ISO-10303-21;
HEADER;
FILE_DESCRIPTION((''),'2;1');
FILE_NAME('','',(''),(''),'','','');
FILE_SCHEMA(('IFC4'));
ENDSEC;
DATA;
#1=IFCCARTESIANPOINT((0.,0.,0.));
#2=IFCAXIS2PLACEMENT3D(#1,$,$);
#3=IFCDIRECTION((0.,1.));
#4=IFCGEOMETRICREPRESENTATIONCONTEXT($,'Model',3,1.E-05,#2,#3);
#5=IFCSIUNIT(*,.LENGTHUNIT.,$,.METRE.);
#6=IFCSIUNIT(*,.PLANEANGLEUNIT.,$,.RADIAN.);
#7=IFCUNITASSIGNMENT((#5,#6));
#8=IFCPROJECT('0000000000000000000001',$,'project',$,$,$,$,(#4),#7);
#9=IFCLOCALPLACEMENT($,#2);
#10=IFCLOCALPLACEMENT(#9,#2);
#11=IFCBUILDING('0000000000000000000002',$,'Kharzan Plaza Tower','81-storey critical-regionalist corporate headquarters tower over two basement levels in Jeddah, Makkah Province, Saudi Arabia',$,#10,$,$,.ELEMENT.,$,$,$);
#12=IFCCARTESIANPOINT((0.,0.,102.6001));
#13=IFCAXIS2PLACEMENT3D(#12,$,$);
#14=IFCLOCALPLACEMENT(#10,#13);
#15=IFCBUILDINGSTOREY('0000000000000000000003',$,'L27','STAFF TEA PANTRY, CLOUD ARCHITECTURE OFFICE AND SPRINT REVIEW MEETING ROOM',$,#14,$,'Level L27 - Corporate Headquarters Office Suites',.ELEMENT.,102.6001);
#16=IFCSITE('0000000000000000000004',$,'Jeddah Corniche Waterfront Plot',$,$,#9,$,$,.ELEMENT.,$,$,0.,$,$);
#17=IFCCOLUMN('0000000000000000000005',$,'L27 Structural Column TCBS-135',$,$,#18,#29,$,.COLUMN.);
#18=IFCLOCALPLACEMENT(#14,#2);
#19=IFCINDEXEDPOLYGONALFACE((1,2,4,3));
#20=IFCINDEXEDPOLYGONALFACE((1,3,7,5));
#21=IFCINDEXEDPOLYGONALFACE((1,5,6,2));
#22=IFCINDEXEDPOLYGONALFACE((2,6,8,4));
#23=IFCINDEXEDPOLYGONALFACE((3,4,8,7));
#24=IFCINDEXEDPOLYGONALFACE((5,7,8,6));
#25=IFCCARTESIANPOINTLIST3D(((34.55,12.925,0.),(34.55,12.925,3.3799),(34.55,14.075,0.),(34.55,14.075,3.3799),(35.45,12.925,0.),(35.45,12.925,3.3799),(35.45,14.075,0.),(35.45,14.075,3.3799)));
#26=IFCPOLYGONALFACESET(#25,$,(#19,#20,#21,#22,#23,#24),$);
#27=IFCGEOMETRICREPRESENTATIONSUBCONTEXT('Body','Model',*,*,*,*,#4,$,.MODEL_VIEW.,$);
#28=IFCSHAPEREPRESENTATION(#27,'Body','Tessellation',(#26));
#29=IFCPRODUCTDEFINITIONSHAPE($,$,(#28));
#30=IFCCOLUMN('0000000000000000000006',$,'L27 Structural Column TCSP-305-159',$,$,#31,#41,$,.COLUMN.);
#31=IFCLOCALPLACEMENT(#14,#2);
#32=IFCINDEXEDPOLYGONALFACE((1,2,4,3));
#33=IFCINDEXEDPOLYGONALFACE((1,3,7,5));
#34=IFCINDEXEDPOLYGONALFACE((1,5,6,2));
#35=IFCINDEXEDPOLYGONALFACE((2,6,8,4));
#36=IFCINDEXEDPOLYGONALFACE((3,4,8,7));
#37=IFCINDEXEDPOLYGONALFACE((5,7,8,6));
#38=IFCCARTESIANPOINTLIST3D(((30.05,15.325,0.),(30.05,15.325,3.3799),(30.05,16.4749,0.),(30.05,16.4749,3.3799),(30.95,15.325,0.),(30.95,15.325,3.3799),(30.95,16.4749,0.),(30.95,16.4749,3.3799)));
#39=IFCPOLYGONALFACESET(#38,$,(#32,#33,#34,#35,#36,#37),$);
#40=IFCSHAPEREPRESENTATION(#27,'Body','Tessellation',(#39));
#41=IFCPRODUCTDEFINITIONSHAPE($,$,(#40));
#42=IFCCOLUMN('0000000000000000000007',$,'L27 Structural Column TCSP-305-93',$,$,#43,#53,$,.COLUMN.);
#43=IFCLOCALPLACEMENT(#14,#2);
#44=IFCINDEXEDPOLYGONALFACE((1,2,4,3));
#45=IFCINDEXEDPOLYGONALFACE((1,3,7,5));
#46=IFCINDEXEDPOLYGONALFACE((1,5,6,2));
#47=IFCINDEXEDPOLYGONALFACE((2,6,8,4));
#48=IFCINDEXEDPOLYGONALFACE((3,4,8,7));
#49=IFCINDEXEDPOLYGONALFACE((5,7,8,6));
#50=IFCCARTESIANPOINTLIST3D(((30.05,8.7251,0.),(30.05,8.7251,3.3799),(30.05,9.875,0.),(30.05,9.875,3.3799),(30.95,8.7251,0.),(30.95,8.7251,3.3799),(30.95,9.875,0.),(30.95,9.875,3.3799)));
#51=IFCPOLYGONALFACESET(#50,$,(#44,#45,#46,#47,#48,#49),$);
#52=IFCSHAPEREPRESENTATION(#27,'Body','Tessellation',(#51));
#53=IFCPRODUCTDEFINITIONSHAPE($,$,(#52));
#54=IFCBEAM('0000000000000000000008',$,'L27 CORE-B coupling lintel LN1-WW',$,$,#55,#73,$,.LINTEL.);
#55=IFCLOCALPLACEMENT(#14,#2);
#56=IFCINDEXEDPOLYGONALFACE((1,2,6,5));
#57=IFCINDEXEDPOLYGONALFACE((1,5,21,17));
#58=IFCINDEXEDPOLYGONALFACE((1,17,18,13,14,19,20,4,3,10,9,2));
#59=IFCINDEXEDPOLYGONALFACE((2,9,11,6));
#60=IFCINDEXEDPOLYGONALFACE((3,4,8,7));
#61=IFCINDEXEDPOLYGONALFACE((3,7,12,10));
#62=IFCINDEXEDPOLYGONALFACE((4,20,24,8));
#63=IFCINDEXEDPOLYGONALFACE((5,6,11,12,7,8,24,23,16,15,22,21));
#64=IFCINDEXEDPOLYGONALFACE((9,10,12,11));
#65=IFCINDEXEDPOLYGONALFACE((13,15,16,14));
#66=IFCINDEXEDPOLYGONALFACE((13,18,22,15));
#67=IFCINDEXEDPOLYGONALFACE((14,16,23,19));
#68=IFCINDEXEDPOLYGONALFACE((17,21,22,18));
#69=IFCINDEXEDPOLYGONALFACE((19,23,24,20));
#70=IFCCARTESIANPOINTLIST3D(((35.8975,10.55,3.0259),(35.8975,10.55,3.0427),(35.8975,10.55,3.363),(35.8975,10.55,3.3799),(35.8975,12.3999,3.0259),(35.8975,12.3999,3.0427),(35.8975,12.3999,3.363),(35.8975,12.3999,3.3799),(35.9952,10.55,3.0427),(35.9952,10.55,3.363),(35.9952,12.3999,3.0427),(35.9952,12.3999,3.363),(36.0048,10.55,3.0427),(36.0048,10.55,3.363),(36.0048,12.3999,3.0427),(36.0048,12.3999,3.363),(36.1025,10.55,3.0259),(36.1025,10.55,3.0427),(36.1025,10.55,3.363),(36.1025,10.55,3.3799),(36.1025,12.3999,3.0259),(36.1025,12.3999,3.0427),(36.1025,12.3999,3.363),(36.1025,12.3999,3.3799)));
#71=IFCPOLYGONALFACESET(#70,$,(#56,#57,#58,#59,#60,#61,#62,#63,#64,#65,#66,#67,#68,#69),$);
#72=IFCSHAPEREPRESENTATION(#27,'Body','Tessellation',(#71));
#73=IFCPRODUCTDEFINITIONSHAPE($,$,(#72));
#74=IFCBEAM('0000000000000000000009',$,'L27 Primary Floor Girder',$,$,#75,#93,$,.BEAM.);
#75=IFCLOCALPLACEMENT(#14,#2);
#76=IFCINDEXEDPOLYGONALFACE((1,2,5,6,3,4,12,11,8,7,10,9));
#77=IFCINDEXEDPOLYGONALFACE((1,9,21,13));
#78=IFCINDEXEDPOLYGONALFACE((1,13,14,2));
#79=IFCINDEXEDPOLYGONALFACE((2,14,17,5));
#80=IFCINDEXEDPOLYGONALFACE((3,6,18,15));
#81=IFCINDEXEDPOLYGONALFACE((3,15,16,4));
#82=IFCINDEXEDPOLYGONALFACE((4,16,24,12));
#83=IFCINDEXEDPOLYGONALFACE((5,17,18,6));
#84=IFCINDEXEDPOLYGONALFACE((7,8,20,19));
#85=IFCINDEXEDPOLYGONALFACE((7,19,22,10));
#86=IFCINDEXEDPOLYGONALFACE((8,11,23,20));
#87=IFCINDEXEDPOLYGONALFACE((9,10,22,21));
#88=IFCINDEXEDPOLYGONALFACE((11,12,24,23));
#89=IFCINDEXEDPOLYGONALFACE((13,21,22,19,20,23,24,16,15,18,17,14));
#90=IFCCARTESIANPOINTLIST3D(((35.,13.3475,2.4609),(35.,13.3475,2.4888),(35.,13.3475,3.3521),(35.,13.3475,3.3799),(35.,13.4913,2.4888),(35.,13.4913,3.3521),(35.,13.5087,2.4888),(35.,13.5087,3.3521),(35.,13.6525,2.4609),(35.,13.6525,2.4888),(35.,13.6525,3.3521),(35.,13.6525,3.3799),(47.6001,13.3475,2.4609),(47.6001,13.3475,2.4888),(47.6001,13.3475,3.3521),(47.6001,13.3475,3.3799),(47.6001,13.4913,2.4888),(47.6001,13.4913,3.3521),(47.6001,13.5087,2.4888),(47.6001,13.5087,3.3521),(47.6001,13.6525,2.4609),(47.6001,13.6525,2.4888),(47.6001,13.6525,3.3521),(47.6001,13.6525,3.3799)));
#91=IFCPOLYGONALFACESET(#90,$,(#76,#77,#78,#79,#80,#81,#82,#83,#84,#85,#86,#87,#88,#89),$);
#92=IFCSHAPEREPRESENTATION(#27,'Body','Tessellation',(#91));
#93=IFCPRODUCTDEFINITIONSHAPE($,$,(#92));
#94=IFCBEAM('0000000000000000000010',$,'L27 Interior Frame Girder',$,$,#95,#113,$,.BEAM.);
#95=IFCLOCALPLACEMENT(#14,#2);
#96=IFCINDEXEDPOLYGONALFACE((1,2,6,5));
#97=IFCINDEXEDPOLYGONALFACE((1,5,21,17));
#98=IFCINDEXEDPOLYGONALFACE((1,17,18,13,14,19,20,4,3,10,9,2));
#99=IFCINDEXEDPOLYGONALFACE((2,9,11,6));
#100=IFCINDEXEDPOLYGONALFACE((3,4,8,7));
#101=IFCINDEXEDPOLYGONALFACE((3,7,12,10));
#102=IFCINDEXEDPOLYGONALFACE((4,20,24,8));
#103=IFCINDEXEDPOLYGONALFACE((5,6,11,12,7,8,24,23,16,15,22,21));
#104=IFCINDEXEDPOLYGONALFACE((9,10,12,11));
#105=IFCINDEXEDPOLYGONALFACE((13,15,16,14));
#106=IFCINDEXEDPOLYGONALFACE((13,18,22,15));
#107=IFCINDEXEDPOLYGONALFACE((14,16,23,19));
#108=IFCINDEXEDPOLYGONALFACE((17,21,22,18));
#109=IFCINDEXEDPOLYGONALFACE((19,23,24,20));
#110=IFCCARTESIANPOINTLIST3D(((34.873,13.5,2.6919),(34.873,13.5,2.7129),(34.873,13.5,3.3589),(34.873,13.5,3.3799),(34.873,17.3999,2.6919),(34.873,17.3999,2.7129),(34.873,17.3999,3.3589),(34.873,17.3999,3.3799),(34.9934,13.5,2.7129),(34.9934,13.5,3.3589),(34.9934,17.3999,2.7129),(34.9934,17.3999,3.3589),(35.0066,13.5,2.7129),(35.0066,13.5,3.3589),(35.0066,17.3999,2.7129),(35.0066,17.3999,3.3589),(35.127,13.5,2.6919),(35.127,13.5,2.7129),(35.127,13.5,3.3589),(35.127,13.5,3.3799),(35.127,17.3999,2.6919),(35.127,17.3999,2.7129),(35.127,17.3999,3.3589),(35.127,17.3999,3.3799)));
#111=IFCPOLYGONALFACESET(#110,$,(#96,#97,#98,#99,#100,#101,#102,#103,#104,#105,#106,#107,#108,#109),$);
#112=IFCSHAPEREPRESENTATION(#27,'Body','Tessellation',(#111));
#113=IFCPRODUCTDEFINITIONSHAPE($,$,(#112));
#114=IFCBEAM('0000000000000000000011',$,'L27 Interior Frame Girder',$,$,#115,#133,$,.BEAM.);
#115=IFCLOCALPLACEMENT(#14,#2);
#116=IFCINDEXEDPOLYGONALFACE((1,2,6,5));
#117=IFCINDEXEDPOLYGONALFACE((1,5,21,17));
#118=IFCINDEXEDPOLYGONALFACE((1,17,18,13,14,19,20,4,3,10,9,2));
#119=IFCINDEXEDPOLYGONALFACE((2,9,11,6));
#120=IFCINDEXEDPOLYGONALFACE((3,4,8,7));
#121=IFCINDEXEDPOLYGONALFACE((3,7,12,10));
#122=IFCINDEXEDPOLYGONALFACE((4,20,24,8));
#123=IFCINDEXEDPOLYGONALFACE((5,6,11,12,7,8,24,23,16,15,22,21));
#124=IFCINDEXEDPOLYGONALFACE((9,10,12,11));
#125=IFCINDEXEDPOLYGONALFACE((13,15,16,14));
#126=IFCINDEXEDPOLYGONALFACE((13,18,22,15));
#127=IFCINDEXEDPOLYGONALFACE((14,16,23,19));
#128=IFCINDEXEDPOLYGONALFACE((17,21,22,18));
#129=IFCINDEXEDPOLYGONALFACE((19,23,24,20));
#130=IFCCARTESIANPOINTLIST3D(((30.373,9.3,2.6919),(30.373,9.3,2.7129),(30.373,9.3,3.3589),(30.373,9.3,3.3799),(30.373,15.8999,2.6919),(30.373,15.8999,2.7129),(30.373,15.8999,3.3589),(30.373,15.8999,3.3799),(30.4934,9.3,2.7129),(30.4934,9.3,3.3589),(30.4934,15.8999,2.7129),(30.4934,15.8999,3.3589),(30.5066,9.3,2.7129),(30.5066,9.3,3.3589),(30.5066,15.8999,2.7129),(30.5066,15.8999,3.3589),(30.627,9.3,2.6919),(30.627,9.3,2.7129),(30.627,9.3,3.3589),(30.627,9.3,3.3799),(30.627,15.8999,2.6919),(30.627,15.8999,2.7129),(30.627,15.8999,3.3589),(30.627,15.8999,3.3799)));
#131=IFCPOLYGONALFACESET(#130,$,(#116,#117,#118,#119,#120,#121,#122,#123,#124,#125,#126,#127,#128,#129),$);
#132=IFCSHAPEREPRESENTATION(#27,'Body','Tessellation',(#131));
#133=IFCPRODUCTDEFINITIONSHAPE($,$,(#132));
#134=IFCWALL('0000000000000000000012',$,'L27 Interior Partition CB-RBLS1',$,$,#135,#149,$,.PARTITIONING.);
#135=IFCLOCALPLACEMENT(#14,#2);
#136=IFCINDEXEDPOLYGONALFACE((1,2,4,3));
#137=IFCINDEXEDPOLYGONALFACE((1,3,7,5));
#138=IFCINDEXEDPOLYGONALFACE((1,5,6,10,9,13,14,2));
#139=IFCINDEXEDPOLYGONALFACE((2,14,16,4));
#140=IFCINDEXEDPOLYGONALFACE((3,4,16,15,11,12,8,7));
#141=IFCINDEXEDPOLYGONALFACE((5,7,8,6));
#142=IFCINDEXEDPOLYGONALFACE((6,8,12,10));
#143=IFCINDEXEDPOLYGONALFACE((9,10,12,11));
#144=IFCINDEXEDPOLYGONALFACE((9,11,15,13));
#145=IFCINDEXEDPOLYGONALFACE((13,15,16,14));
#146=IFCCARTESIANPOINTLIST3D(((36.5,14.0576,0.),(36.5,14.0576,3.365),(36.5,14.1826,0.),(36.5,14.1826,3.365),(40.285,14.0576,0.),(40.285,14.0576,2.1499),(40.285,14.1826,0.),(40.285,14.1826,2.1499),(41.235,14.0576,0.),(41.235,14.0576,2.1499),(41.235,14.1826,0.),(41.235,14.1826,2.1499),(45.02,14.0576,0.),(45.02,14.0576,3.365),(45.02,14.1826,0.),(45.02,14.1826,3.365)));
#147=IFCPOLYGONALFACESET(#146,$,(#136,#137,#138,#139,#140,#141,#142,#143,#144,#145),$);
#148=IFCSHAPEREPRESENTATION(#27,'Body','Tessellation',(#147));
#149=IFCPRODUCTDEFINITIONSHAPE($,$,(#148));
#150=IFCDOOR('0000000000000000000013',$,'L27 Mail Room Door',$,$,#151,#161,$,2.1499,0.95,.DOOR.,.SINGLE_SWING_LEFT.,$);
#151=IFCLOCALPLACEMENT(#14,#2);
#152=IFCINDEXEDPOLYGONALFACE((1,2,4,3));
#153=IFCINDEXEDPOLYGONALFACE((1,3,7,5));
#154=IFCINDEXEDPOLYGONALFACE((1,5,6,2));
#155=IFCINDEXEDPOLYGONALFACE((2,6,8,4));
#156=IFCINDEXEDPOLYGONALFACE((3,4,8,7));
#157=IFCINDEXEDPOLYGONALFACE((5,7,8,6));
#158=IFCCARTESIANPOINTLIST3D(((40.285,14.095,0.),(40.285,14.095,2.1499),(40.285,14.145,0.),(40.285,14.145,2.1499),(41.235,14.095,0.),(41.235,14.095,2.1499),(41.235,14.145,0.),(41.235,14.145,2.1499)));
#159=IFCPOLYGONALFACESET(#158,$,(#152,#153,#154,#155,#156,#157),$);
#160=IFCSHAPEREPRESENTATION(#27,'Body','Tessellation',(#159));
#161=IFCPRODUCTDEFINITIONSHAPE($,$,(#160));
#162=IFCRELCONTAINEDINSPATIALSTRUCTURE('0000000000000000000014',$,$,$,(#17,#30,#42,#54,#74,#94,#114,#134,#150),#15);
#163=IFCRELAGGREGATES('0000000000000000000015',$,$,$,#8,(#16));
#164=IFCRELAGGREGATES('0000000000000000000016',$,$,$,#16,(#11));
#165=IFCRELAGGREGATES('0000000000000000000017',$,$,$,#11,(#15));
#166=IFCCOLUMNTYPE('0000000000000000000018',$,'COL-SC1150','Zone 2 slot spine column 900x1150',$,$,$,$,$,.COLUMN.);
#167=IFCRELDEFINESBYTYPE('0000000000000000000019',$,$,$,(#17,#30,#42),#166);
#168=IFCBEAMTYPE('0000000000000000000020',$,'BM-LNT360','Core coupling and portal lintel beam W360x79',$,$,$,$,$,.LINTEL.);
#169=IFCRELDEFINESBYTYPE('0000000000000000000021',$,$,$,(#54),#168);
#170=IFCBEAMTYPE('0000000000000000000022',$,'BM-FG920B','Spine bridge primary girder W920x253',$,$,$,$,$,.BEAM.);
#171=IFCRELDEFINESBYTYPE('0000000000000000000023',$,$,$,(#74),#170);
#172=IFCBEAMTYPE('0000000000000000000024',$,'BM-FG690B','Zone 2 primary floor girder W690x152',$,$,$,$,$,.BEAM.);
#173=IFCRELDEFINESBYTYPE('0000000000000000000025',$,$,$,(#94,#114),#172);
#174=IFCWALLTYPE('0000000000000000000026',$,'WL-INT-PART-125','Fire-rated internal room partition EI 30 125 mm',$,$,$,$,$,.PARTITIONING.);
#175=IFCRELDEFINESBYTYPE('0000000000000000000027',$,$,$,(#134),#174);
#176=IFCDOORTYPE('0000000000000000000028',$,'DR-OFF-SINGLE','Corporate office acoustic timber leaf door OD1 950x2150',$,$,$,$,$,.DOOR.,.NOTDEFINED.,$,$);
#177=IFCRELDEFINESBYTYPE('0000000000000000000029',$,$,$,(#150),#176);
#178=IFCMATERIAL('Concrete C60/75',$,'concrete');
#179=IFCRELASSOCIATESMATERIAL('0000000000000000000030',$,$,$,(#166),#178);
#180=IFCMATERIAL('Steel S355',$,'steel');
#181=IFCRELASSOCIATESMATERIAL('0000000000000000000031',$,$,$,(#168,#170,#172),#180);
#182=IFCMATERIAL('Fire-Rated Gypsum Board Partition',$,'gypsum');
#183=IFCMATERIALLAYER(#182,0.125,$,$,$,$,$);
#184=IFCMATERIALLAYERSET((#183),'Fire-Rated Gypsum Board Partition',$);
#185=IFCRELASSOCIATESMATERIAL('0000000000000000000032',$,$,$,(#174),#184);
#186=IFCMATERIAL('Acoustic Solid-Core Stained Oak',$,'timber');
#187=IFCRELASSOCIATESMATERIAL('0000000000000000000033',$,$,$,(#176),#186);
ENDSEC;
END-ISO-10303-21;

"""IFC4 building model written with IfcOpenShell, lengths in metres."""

from ifc_helpers import new_model, si_unit, direction, frame, frame_2d, origin, origin_2d, place, context, subcontext, project, spatial, rectangle, i_section, extrude, source, transform, mapped, material, layer, layer_set, material_profile, profile_set, type_object, element, fill, save


model = new_model("IFC4")

# Units and contexts
model_context = context("Model", 3, precision=1e-05, world=origin(), true_north=direction((0.0, 1.0)))
body_context = subcontext(model_context, "Body", "Model", "MODEL_VIEW")
ifc_project = project(units=[si_unit("LENGTHUNIT", "METRE"), si_unit("PLANEANGLEUNIT", "RADIAN")], contexts=[model_context])

# Site, building, storey
site_placement = place(None, origin())
site = spatial("IfcSite", under=ifc_project, at=site_placement, Name="Jeddah Corniche Waterfront Plot", CompositionType="ELEMENT", RefElevation=0.0)
building_placement = place(site_placement, origin())
building = spatial("IfcBuilding", under=site, at=building_placement, Name="Kharzan Plaza Tower", Description="81-storey critical-regionalist corporate headquarters tower over two basement levels in Jeddah, Makkah Province, Saudi Arabia", CompositionType="ELEMENT")
storey_placement = place(building_placement, frame((0.0, 0.0, 102.6001)))
storey = spatial("IfcBuildingStorey", under=building, at=storey_placement, Name="L27", Description="STAFF TEA PANTRY, CLOUD ARCHITECTURE OFFICE AND SPRINT REVIEW MEETING ROOM", LongName="Level L27 - Corporate Headquarters Office Suites", CompositionType="ELEMENT", Elevation=102.6001)

# Columns
ifc_material_1 = material(Name="Concrete C60/75", Category="concrete")
ifc_material_profile_1 = material_profile(ifc_material_1, rectangle(XDim=0.8999, YDim=1.1499, at=origin_2d()), Name="RC-SC1150x900")
ifc_profile_set_1 = profile_set([ifc_material_profile_1], Name="Concrete C60/75")
column_type = type_object("IfcColumnType", Name="COL-SC1150", Description="Zone 2 slot spine column 900x1150", PredefinedType="COLUMN", material=ifc_profile_set_1)
shared_shape_1 = source(origin(), body_context, "Body", "SweptSolid", [
    extrude(rectangle(XDim=0.8999, YDim=1.1499, at=origin_2d()), origin(), (0.0, 0.0, 1.0), 3.3799),
])
for number, where, z_axis, x_axis, name in (
    (1, (35.0, 13.5, 0.0), (0.0, 0.0, 1.0), (1.0, 0.0, 0.0), "L27 Structural Column TCBS-135"),
    (2, (30.5, 15.8999, 0.0), (0.0, 0.0, 1.0), (1.0, 0.0, 0.0), "L27 Structural Column TCSP-305-159"),
    (3, (30.5, 9.3, 0.0), (0.0, 0.0, 1.0), (1.0, 0.0, 0.0), "L27 Structural Column TCSP-305-93"),
):
    element("IfcColumn", number, at=place(storey_placement, frame(where, z_axis=z_axis, x_axis=x_axis)), inside=storey, type_object=column_type, Name=name, PredefinedType="COLUMN", context=body_context, shape_type="MappedRepresentation", body=[
        mapped(shared_shape_1, transform((0.0, 0.0, 0.0), x_axis=(1.0, 0.0, 0.0), y_axis=(0.0, 1.0, 0.0), z_axis=(0.0, 0.0, 1.0))),
    ])

# Beams
ifc_material_2 = material(Name="Steel S355", Category="steel")
ifc_material_profile_2 = material_profile(ifc_material_2, i_section(OverallWidth=0.2051, OverallDepth=0.354, WebThickness=0.0095, FlangeThickness=0.0168, at=origin_2d()), Name="W360x79")
ifc_profile_set_2 = profile_set([ifc_material_profile_2], Name="Steel S355")
beam_type_1 = type_object("IfcBeamType", Name="BM-LNT360", Description="Core coupling and portal lintel beam W360x79", PredefinedType="LINTEL", material=ifc_profile_set_2)
shared_shape_2 = source(origin(), body_context, "Body", "SweptSolid", [
    extrude(i_section(OverallWidth=0.2051, OverallDepth=0.354, WebThickness=0.0095, FlangeThickness=0.0168, at=origin_2d()), origin(), (0.0, 0.0, 1.0), 1.8499),
])
beam_1_placement = place(storey_placement, frame((36.0, 10.55, 3.2029), z_axis=(0.0, 1.0, 0.0), x_axis=(-1.0, 0.0, 0.0)))
element("IfcBeam", 4, at=beam_1_placement, inside=storey, type_object=beam_type_1, Name="L27 CORE-B coupling lintel LN1-WW", PredefinedType="LINTEL", context=body_context, shape_type="MappedRepresentation", body=[
    mapped(shared_shape_2, transform((0.0, 0.0, 0.0), x_axis=(1.0, 0.0, 0.0), y_axis=(0.0, 1.0, 0.0), z_axis=(0.0, 0.0, 1.0))),
])
ifc_material_profile_3 = material_profile(ifc_material_2, i_section(OverallWidth=0.3049, OverallDepth=0.9189, WebThickness=0.0173, FlangeThickness=0.0278, at=origin_2d()), Name="W920x253")
ifc_profile_set_3 = profile_set([ifc_material_profile_3], Name="Steel S355")
beam_type_2 = type_object("IfcBeamType", Name="BM-FG920B", Description="Spine bridge primary girder W920x253", PredefinedType="BEAM", material=ifc_profile_set_3)
shared_shape_3 = source(origin(), body_context, "Body", "SweptSolid", [
    extrude(i_section(OverallWidth=0.3049, OverallDepth=0.9189, WebThickness=0.0173, FlangeThickness=0.0278, at=origin_2d()), origin(), (0.0, 0.0, 1.0), 12.6001),
])
beam_2_placement = place(storey_placement, frame((35.0, 13.5, 2.9204), z_axis=(1.0, 0.0, 0.0), x_axis=(0.0, 1.0, 0.0)))
element("IfcBeam", 5, at=beam_2_placement, inside=storey, type_object=beam_type_2, Name="L27 Primary Floor Girder", PredefinedType="BEAM", context=body_context, shape_type="MappedRepresentation", body=[
    mapped(shared_shape_3, transform((0.0, 0.0, 0.0), x_axis=(1.0, 0.0, 0.0), y_axis=(0.0, 1.0, 0.0), z_axis=(0.0, 0.0, 1.0))),
])
ifc_material_profile_4 = material_profile(ifc_material_2, i_section(OverallWidth=0.2539, OverallDepth=0.688, WebThickness=0.0132, FlangeThickness=0.021, at=origin_2d()), Name="W690x152")
ifc_profile_set_4 = profile_set([ifc_material_profile_4], Name="Steel S355")
beam_type_3 = type_object("IfcBeamType", Name="BM-FG690B", Description="Zone 2 primary floor girder W690x152", PredefinedType="BEAM", material=ifc_profile_set_4)
shared_shape_4 = source(origin(), body_context, "Body", "SweptSolid", [
    extrude(i_section(OverallWidth=0.2539, OverallDepth=0.688, WebThickness=0.0132, FlangeThickness=0.021, at=origin_2d()), origin(), (0.0, 0.0, 1.0), 3.8999),
])
beam_3_placement = place(storey_placement, frame((35.0, 13.5, 3.0359), z_axis=(0.0, 1.0, 0.0), x_axis=(-1.0, 0.0, 0.0)))
element("IfcBeam", 6, at=beam_3_placement, inside=storey, type_object=beam_type_3, Name="L27 Interior Frame Girder", PredefinedType="BEAM", context=body_context, shape_type="MappedRepresentation", body=[
    mapped(shared_shape_4, transform((0.0, 0.0, 0.0), x_axis=(1.0, 0.0, 0.0), y_axis=(0.0, 1.0, 0.0), z_axis=(0.0, 0.0, 1.0))),
])
shared_shape_5 = source(origin(), body_context, "Body", "SweptSolid", [
    extrude(i_section(OverallWidth=0.2539, OverallDepth=0.688, WebThickness=0.0132, FlangeThickness=0.021, at=origin_2d()), origin(), (0.0, 0.0, 1.0), 6.5999),
])
beam_4_placement = place(storey_placement, frame((30.5, 9.3, 3.0359), z_axis=(0.0, 1.0, 0.0), x_axis=(-1.0, 0.0, 0.0)))
element("IfcBeam", 7, at=beam_4_placement, inside=storey, type_object=beam_type_3, Name="L27 Interior Frame Girder", PredefinedType="BEAM", context=body_context, shape_type="MappedRepresentation", body=[
    mapped(shared_shape_5, transform((0.0, 0.0, 0.0), x_axis=(1.0, 0.0, 0.0), y_axis=(0.0, 1.0, 0.0), z_axis=(0.0, 0.0, 1.0))),
])

# Wall, opening, door
ifc_material_3 = material(Name="Fire-Rated Gypsum Board Partition", Category="gypsum")
ifc_layer_1 = layer(ifc_material_3, 0.125)
ifc_layer_set_1 = layer_set([ifc_layer_1], Name="Fire-Rated Gypsum Board Partition")
wall_type_1 = type_object("IfcWallType", Name="WL-INT-PART-125", Description="Fire-rated internal room partition EI 30 125 mm", PredefinedType="PARTITIONING", material=ifc_layer_set_1)
wall_1_placement = place(storey_placement, frame((36.5, 14.1201, 0.0), z_axis=(0.0, 0.0, 1.0), x_axis=(1.0, 0.0, 0.0)))
wall_1 = element("IfcWall", 8, at=wall_1_placement, inside=storey, type_object=wall_type_1, Name="L27 Interior Partition CB-RBLS1", PredefinedType="PARTITIONING", context=body_context, shape_type="SweptSolid", body=[
    extrude(rectangle(XDim=8.52, YDim=0.125, at=frame_2d((4.26, 0.0))), origin(), (0.0, 0.0, 1.0), 3.365),
])
opening_1_placement = place(wall_1_placement, frame((3.7849, 0.0, 0.0)))
opening_1 = element("IfcOpeningElement", 9, at=opening_1_placement, cuts=wall_1, PredefinedType="OPENING", context=body_context, shape_type="SweptSolid", body=[
    extrude(rectangle(XDim=0.95, YDim=2.1499, at=frame_2d((0.4751, 1.075))), frame((0.0, 0.0725, 0.0), z_axis=(0.0, -1.0, 0.0), x_axis=(1.0, 0.0, 0.0)), (0.0, 0.0, 1.0), 0.145),
])
ifc_material_4 = material(Name="Acoustic Solid-Core Stained Oak", Category="timber")
door_type_1 = type_object("IfcDoorType", Name="DR-OFF-SINGLE", Description="Corporate office acoustic timber leaf door OD1 950x2150", OperationType="NOTDEFINED", PredefinedType="DOOR", material=ifc_material_4)
shared_shape_6 = source(origin(), body_context, "Body", "SweptSolid", [
    extrude(rectangle(XDim=0.95, YDim=2.1499, at=frame_2d((0.4751, 1.075))), frame((0.0, 0.0249, 0.0), z_axis=(0.0, -1.0, 0.0), x_axis=(1.0, 0.0, 0.0)), (0.0, 0.0, 1.0), 0.05),
])
door_1_placement = place(opening_1_placement, origin())
door_1 = element("IfcDoor", 10, at=door_1_placement, inside=storey, type_object=door_type_1, Name="L27 Mail Room Door", OperationType="SINGLE_SWING_LEFT", OverallHeight=2.1499, OverallWidth=0.95, PredefinedType="DOOR", context=body_context, shape_type="MappedRepresentation", body=[
    mapped(shared_shape_6, transform((0.0, 0.0, 0.0), x_axis=(1.0, 0.0, 0.0), y_axis=(0.0, 1.0, 0.0), z_axis=(0.0, 0.0, 1.0))),
])
fill(opening_1, door_1)

save(model, "model.ifc")
